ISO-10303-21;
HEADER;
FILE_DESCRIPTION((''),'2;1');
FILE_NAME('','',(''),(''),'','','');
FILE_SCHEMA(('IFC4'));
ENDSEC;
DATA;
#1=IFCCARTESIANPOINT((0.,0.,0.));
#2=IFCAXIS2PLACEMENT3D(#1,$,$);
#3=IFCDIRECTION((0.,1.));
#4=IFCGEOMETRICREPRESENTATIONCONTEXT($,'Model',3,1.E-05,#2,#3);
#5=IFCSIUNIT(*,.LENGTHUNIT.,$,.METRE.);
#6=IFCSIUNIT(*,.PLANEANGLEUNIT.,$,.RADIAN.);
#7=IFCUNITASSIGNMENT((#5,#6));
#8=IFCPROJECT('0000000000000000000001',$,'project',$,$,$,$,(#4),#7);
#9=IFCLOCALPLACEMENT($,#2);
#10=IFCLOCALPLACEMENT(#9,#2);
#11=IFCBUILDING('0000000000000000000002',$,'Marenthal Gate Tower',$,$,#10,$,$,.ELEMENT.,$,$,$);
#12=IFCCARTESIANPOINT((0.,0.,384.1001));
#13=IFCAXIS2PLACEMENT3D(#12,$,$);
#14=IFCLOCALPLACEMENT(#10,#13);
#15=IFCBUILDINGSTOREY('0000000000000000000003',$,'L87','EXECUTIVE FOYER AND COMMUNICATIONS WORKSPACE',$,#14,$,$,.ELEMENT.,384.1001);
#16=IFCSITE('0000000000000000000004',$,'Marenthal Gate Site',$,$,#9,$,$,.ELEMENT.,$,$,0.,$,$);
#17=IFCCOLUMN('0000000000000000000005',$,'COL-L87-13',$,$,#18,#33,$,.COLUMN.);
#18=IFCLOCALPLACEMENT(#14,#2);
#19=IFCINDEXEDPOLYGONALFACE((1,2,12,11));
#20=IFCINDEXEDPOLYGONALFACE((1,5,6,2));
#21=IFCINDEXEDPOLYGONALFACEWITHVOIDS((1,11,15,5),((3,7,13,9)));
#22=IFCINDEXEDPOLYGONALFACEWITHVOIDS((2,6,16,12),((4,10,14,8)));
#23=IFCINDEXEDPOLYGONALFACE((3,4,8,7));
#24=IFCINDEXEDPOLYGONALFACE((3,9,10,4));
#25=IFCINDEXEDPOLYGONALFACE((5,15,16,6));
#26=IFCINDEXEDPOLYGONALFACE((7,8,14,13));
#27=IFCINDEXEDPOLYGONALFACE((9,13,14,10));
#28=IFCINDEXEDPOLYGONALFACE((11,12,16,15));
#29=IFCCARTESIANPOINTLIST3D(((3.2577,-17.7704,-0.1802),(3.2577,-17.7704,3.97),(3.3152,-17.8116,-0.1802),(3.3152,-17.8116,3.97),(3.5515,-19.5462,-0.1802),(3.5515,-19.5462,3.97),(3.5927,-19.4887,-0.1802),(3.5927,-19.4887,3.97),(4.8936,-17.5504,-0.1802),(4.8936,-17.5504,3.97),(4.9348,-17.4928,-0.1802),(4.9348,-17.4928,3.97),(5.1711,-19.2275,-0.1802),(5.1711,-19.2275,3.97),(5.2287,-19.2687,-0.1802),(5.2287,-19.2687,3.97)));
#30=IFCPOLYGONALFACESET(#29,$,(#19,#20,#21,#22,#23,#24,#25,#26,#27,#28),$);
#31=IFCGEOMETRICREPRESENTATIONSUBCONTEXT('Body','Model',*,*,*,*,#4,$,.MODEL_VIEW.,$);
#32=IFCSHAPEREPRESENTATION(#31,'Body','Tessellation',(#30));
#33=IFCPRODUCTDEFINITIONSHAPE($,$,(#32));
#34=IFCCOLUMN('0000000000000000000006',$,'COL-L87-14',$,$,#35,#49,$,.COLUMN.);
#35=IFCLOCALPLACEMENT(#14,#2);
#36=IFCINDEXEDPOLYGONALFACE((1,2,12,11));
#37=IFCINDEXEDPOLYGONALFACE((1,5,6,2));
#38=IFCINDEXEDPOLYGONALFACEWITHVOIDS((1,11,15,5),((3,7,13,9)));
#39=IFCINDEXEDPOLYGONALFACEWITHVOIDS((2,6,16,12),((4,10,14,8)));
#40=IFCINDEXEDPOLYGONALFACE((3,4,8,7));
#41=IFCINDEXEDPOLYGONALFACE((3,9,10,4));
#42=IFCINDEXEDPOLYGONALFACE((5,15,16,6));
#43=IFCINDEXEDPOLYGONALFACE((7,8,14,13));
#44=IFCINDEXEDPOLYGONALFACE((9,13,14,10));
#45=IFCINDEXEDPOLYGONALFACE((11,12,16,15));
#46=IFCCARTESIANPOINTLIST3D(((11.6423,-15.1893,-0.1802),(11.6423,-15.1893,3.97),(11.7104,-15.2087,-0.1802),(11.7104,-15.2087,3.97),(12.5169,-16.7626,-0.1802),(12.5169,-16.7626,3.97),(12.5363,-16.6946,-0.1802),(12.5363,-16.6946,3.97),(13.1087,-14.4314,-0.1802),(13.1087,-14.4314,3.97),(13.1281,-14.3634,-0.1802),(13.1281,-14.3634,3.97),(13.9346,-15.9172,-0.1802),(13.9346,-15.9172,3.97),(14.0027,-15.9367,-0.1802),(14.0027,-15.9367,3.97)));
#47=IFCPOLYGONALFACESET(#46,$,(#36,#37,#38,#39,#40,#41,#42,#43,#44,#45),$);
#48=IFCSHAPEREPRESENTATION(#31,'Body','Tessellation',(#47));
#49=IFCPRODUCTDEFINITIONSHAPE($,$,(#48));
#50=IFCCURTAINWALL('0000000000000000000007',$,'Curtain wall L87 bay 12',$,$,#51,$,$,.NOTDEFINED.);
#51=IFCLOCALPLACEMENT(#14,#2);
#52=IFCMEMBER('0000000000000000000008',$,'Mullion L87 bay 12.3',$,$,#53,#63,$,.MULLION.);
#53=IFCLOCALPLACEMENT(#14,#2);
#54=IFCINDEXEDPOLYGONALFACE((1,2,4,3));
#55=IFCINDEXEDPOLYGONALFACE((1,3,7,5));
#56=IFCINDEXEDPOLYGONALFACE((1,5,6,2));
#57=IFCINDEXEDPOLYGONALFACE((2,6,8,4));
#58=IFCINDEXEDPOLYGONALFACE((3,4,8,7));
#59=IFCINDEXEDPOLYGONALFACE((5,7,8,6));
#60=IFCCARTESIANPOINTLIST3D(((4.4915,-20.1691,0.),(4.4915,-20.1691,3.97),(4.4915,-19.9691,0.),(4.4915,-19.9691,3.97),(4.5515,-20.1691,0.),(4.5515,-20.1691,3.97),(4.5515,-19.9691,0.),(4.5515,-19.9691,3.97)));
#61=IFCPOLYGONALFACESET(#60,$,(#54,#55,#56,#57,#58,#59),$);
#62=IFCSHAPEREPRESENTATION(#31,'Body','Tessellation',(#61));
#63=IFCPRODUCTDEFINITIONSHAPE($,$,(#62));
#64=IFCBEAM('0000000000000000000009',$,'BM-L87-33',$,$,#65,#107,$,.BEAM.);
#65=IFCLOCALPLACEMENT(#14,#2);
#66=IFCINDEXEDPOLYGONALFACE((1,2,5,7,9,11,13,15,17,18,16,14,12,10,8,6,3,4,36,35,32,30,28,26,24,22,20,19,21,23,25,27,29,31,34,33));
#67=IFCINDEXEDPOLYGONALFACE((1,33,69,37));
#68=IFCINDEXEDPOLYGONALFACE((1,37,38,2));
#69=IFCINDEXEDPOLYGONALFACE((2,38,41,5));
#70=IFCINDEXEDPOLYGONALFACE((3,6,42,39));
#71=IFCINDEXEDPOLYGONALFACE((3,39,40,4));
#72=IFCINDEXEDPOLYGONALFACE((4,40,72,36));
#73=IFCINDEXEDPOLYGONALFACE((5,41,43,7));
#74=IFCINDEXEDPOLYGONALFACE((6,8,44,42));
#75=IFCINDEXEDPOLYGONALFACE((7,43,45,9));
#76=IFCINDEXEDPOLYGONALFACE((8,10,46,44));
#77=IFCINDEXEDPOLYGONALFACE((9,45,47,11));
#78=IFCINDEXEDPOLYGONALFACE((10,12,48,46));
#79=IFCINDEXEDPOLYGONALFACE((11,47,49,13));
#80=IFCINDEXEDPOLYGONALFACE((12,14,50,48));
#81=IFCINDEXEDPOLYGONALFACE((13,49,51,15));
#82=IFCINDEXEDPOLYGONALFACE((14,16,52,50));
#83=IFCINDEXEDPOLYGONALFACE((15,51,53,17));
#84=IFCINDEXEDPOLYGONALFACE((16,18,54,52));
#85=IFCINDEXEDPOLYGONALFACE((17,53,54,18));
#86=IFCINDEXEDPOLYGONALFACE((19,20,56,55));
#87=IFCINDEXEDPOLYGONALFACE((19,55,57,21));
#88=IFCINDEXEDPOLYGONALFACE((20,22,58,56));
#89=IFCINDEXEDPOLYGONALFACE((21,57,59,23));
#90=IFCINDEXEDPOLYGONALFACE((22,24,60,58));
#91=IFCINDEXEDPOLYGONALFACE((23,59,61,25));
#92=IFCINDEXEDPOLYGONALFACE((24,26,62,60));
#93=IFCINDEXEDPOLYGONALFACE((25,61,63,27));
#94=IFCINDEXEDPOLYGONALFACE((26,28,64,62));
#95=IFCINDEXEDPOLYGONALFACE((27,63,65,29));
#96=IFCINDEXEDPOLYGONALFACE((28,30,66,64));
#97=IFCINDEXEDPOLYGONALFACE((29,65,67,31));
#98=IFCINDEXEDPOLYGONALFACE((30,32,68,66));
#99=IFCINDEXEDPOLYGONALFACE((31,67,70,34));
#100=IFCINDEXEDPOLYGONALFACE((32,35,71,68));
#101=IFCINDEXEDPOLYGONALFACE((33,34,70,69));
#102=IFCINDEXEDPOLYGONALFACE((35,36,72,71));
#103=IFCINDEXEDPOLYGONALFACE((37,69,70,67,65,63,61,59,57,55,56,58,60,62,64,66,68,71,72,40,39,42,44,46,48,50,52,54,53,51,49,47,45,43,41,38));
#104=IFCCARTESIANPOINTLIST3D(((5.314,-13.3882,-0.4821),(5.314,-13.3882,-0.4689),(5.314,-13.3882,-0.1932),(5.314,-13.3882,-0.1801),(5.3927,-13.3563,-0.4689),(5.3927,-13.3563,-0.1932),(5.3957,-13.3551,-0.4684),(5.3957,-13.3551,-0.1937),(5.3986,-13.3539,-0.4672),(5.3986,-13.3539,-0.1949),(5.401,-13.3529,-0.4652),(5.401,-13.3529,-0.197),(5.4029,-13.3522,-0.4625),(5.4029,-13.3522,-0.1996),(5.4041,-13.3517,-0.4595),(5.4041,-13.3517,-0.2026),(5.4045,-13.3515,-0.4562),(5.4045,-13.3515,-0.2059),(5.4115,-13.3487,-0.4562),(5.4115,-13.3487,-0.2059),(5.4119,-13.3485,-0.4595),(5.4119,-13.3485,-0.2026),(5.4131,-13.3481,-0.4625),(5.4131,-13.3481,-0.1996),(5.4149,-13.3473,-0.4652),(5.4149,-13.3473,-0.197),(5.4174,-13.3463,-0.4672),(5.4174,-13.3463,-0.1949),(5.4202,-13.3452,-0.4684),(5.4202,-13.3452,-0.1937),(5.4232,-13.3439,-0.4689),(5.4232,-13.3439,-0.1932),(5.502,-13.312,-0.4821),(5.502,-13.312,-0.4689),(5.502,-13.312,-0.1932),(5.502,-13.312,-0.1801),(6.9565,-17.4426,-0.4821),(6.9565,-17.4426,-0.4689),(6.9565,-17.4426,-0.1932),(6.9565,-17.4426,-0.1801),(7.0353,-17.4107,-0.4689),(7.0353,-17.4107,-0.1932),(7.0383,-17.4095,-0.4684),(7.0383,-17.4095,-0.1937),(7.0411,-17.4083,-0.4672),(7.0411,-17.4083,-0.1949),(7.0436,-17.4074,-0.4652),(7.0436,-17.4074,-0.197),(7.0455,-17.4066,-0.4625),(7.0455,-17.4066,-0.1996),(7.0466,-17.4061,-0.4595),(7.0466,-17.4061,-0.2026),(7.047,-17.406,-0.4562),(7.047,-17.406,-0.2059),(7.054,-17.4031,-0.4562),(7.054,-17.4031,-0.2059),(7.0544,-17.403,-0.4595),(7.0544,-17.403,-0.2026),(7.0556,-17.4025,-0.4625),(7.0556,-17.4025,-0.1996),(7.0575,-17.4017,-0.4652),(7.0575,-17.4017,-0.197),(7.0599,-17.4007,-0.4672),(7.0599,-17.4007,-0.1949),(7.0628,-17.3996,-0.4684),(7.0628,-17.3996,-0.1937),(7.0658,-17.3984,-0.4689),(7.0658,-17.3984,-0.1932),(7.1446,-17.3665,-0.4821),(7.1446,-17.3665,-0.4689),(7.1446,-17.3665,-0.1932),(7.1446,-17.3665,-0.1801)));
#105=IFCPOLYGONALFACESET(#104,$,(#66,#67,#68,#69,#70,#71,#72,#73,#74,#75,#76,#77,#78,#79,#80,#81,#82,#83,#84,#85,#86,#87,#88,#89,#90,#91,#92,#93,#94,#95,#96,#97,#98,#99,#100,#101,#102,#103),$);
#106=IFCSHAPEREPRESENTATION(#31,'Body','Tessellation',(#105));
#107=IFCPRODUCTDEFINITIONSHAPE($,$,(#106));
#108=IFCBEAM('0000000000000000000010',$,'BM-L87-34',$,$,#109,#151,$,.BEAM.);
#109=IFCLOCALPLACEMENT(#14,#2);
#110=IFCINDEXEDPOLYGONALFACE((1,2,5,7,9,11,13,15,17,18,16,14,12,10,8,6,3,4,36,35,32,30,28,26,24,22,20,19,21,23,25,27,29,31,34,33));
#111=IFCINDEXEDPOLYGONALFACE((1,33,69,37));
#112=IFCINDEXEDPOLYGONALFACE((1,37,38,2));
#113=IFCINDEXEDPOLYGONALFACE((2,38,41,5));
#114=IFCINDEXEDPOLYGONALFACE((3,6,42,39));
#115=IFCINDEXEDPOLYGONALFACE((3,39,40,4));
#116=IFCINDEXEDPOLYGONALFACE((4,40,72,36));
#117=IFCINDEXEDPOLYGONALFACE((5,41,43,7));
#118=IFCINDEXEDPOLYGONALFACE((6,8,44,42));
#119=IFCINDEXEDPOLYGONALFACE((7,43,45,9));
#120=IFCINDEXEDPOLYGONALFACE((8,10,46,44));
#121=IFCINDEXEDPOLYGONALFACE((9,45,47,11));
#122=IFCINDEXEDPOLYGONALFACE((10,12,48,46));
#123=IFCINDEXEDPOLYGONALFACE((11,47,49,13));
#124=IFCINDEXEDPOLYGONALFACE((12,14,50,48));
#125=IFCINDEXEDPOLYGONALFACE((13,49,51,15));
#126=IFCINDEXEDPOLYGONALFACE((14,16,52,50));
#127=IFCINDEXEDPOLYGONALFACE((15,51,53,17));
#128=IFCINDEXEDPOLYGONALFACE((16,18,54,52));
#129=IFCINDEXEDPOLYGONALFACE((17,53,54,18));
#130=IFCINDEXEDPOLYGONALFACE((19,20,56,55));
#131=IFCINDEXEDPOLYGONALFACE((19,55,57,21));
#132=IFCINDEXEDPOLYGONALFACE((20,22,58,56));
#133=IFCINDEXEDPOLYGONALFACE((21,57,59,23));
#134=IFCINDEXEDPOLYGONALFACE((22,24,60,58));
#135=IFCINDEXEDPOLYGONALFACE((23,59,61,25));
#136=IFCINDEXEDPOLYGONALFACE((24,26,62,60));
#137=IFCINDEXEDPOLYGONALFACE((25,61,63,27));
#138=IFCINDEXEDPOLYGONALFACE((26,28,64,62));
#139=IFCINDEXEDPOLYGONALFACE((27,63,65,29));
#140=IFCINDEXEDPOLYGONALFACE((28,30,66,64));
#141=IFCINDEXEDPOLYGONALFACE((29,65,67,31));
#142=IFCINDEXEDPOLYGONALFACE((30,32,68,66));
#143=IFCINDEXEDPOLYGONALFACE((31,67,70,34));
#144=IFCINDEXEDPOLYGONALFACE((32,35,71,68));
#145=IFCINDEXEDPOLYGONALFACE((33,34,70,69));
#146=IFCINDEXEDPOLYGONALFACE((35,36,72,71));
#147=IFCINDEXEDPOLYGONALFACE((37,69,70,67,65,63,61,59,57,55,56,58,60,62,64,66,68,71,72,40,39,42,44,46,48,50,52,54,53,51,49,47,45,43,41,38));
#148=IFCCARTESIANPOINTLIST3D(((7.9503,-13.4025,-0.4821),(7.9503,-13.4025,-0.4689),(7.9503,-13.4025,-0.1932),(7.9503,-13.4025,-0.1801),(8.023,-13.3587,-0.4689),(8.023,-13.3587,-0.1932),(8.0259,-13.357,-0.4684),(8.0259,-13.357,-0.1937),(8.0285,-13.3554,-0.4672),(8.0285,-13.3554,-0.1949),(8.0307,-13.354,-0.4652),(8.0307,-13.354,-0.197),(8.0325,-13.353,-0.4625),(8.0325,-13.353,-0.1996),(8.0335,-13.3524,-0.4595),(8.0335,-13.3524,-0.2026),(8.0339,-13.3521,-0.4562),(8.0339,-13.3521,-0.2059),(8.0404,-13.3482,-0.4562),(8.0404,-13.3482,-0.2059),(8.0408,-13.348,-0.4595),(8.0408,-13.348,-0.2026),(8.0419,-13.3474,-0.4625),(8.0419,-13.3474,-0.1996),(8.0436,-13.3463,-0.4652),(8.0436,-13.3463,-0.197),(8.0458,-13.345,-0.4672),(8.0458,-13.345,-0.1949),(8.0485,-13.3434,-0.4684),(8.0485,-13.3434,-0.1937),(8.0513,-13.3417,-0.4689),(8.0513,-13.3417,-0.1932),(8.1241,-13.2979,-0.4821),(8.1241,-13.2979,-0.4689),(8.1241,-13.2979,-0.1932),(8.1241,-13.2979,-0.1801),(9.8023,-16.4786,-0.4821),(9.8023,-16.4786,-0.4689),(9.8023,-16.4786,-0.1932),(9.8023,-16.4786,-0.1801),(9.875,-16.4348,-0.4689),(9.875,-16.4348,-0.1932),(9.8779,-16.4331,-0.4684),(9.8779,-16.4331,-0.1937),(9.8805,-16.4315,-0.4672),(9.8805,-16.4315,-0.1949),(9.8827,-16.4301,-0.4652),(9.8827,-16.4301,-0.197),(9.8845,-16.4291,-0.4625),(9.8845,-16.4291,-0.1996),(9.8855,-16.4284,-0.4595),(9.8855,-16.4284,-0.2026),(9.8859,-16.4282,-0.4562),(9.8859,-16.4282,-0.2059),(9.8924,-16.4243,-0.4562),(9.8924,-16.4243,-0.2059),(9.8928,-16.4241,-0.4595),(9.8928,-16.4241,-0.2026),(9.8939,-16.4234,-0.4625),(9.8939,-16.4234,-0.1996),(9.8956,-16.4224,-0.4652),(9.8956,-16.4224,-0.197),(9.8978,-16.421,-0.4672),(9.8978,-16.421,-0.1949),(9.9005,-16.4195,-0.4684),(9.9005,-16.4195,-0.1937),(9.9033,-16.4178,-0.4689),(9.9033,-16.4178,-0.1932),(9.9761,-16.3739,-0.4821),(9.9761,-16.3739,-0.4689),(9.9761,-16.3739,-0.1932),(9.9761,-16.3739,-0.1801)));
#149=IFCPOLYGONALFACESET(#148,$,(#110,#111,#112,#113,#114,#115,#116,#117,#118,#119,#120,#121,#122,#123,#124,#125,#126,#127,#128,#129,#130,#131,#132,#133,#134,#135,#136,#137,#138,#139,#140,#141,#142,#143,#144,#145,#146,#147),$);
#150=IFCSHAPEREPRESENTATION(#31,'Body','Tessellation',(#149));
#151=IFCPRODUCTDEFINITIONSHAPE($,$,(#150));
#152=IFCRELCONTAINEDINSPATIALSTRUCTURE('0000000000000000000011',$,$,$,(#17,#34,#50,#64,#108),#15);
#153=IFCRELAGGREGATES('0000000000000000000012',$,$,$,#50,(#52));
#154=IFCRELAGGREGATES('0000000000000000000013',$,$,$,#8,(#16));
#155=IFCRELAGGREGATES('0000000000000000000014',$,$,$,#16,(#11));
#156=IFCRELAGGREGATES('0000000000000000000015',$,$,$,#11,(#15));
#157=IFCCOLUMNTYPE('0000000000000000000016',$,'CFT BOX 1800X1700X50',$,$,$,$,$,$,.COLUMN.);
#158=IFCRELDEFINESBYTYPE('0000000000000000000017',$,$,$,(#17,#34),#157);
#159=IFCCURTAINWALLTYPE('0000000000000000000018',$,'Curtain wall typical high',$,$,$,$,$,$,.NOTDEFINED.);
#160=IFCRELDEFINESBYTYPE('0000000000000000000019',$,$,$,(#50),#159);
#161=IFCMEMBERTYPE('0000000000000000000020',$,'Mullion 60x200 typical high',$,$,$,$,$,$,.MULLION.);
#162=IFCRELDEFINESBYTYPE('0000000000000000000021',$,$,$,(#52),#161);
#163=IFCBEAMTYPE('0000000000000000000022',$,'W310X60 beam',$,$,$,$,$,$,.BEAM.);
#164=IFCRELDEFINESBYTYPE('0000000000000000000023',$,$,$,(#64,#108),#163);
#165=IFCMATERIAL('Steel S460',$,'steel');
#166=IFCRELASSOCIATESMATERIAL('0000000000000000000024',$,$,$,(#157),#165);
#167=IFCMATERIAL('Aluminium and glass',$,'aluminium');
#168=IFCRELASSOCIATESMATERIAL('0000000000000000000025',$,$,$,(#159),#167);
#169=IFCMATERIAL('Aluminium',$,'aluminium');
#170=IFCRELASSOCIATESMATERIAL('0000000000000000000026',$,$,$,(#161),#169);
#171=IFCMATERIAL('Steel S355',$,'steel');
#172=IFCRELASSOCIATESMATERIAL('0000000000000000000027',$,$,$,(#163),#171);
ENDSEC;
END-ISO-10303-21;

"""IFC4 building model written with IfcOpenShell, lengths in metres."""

from ifc_helpers import new_model, si_unit, direction, frame, origin, origin_2d, place, context, subcontext, project, spatial, rectangle, hollow_rectangle, i_section, extrude, material, material_profile, profile_set, type_object, element, aggregate, save


model = new_model("IFC4")

# Units and contexts
model_context = context("Model", 3, precision=1e-05, world=origin(), true_north=direction((0.0, 1.0)))
body_context = subcontext(model_context, "Body", "Model", "MODEL_VIEW")
ifc_project = project(units=[si_unit("LENGTHUNIT", "METRE"), si_unit("PLANEANGLEUNIT", "RADIAN")], contexts=[model_context])

# Site, building, storey
site_placement = place(None, origin())
site = spatial("IfcSite", under=ifc_project, at=site_placement, Name="Marenthal Gate Site", CompositionType="ELEMENT", RefElevation=0.0)
building_placement = place(site_placement, origin())
building = spatial("IfcBuilding", under=site, at=building_placement, Name="Marenthal Gate Tower", CompositionType="ELEMENT")
storey_placement = place(building_placement, frame((0.0, 0.0, 384.1001)))
storey = spatial("IfcBuildingStorey", under=building, at=storey_placement, Name="L87", Description="EXECUTIVE FOYER AND COMMUNICATIONS WORKSPACE", CompositionType="ELEMENT", Elevation=384.1001)

# Columns
ifc_material_1 = material(Name="Steel S460", Category="steel")
ifc_material_profile_1 = material_profile(ifc_material_1, hollow_rectangle(XDim=1.7, YDim=1.8, WallThickness=0.05, at=origin_2d()), Name="CFT BOX 1800X1700X50")
ifc_material_2 = material(Name="Concrete 70 MPa", Category="concrete")
ifc_material_profile_2 = material_profile(ifc_material_2, rectangle(XDim=1.6001, YDim=1.7, at=origin_2d()), Name="CFT BOX 1800X1700X50 INFILL")
ifc_profile_set_1 = profile_set([ifc_material_profile_1, ifc_material_profile_2], Name="Steel S460 shell, Concrete 70 MPa infill")
column_type = type_object("IfcColumnType", Name="CFT BOX 1800X1700X50", PredefinedType="COLUMN", material=ifc_profile_set_1)
for number, where, z_axis, x_axis, name in (
    (1, (4.2432, -18.5195, -0.1802), (0.0, 0.0, 1.0), (-0.986583, -0.163262, 0.0), "COL-L87-13"),
    (2, (12.8225, -15.563, -0.1802), (0.0, 0.0, 1.0), (-0.874037, -0.48586, 0.0), "COL-L87-14"),
):
    element("IfcColumn", number, at=place(storey_placement, frame(where, z_axis=z_axis, x_axis=x_axis)), inside=storey, type_object=column_type, Name=name, PredefinedType="COLUMN", context=body_context, shape_type="SweptSolid", body=[
        extrude(hollow_rectangle(XDim=1.7, YDim=1.8, WallThickness=0.05, at=origin_2d()), origin(), (0.0, 0.0, 1.0), 4.1501),
    ])

# Curtain wall, member
ifc_material_3 = material(Name="Aluminium and glass", Category="aluminium")
curtain_wall_type = type_object("IfcCurtainWallType", Name="Curtain wall typical high", PredefinedType="NOTDEFINED", material=ifc_material_3)
curtain_wall_placement = place(storey_placement, origin())
curtain_wall = element("IfcCurtainWall", 3, at=curtain_wall_placement, inside=storey, type_object=curtain_wall_type, Name="Curtain wall L87 bay 12", PredefinedType="NOTDEFINED")
ifc_material_4 = material(Name="Aluminium", Category="aluminium")
ifc_material_profile_3 = material_profile(ifc_material_4, rectangle(XDim=0.2, YDim=0.0601, at=origin_2d()), Name="60x200 aluminium mullion")
ifc_profile_set_2 = profile_set([ifc_material_profile_3], Name="Aluminium")
member_type = type_object("IfcMemberType", Name="Mullion 60x200 typical high", PredefinedType="MULLION", material=ifc_profile_set_2)
member_placement = place(storey_placement, frame((4.5215, -20.0691, 0.0), z_axis=(0.0, 0.0, 1.0), x_axis=(0.0, 1.0, 0.0)))
member = element("IfcMember", 4, at=member_placement, type_object=member_type, Name="Mullion L87 bay 12.3", PredefinedType="MULLION", context=body_context, shape_type="SweptSolid", body=[
    extrude(rectangle(XDim=0.2, YDim=0.0601, at=origin_2d()), origin(), (0.0, 0.0, 1.0), 3.97),
])

# Beams
ifc_material_5 = material(Name="Steel S355", Category="steel")
ifc_material_profile_4 = material_profile(ifc_material_5, i_section(OverallWidth=0.2029, OverallDepth=0.302, WebThickness=0.0076, FlangeThickness=0.0132, FilletRadius=0.0127, at=origin_2d()), Name="W310X60")
ifc_profile_set_3 = profile_set([ifc_material_profile_4], Name="Steel S355")
beam_type_1 = type_object("IfcBeamType", Name="W310X60 beam", PredefinedType="BEAM", material=ifc_profile_set_3)
beam_1_placement = place(storey_placement, frame((7.0505, -17.4045, -0.3311), z_axis=(-0.375486, 0.926828, 0.0), x_axis=(-0.926828, -0.375486, 0.0)))
element("IfcBeam", 5, at=beam_1_placement, inside=storey, type_object=beam_type_1, Name="BM-L87-33", PredefinedType="BEAM", context=body_context, shape_type="SweptSolid", body=[
    extrude(i_section(OverallWidth=0.2029, OverallDepth=0.302, WebThickness=0.0076, FlangeThickness=0.0132, FilletRadius=0.0127, at=origin_2d()), origin(), (0.0, 0.0, 1.0), 4.3745),
])
beam_2_placement = place(storey_placement, frame((9.8892, -16.4263, -0.3311), z_axis=(-0.515795, 0.856712, 0.0), x_axis=(-0.856712, -0.515795, 0.0)))
element("IfcBeam", 6, at=beam_2_placement, inside=storey, type_object=beam_type_1, Name="BM-L87-34", PredefinedType="BEAM", context=body_context, shape_type="SweptSolid", body=[
    extrude(i_section(OverallWidth=0.2029, OverallDepth=0.302, WebThickness=0.0076, FlangeThickness=0.0132, FilletRadius=0.0127, at=origin_2d()), origin(), (0.0, 0.0, 1.0), 3.5906),
])

aggregate(curtain_wall, [member])

save(model, "model.ifc")
